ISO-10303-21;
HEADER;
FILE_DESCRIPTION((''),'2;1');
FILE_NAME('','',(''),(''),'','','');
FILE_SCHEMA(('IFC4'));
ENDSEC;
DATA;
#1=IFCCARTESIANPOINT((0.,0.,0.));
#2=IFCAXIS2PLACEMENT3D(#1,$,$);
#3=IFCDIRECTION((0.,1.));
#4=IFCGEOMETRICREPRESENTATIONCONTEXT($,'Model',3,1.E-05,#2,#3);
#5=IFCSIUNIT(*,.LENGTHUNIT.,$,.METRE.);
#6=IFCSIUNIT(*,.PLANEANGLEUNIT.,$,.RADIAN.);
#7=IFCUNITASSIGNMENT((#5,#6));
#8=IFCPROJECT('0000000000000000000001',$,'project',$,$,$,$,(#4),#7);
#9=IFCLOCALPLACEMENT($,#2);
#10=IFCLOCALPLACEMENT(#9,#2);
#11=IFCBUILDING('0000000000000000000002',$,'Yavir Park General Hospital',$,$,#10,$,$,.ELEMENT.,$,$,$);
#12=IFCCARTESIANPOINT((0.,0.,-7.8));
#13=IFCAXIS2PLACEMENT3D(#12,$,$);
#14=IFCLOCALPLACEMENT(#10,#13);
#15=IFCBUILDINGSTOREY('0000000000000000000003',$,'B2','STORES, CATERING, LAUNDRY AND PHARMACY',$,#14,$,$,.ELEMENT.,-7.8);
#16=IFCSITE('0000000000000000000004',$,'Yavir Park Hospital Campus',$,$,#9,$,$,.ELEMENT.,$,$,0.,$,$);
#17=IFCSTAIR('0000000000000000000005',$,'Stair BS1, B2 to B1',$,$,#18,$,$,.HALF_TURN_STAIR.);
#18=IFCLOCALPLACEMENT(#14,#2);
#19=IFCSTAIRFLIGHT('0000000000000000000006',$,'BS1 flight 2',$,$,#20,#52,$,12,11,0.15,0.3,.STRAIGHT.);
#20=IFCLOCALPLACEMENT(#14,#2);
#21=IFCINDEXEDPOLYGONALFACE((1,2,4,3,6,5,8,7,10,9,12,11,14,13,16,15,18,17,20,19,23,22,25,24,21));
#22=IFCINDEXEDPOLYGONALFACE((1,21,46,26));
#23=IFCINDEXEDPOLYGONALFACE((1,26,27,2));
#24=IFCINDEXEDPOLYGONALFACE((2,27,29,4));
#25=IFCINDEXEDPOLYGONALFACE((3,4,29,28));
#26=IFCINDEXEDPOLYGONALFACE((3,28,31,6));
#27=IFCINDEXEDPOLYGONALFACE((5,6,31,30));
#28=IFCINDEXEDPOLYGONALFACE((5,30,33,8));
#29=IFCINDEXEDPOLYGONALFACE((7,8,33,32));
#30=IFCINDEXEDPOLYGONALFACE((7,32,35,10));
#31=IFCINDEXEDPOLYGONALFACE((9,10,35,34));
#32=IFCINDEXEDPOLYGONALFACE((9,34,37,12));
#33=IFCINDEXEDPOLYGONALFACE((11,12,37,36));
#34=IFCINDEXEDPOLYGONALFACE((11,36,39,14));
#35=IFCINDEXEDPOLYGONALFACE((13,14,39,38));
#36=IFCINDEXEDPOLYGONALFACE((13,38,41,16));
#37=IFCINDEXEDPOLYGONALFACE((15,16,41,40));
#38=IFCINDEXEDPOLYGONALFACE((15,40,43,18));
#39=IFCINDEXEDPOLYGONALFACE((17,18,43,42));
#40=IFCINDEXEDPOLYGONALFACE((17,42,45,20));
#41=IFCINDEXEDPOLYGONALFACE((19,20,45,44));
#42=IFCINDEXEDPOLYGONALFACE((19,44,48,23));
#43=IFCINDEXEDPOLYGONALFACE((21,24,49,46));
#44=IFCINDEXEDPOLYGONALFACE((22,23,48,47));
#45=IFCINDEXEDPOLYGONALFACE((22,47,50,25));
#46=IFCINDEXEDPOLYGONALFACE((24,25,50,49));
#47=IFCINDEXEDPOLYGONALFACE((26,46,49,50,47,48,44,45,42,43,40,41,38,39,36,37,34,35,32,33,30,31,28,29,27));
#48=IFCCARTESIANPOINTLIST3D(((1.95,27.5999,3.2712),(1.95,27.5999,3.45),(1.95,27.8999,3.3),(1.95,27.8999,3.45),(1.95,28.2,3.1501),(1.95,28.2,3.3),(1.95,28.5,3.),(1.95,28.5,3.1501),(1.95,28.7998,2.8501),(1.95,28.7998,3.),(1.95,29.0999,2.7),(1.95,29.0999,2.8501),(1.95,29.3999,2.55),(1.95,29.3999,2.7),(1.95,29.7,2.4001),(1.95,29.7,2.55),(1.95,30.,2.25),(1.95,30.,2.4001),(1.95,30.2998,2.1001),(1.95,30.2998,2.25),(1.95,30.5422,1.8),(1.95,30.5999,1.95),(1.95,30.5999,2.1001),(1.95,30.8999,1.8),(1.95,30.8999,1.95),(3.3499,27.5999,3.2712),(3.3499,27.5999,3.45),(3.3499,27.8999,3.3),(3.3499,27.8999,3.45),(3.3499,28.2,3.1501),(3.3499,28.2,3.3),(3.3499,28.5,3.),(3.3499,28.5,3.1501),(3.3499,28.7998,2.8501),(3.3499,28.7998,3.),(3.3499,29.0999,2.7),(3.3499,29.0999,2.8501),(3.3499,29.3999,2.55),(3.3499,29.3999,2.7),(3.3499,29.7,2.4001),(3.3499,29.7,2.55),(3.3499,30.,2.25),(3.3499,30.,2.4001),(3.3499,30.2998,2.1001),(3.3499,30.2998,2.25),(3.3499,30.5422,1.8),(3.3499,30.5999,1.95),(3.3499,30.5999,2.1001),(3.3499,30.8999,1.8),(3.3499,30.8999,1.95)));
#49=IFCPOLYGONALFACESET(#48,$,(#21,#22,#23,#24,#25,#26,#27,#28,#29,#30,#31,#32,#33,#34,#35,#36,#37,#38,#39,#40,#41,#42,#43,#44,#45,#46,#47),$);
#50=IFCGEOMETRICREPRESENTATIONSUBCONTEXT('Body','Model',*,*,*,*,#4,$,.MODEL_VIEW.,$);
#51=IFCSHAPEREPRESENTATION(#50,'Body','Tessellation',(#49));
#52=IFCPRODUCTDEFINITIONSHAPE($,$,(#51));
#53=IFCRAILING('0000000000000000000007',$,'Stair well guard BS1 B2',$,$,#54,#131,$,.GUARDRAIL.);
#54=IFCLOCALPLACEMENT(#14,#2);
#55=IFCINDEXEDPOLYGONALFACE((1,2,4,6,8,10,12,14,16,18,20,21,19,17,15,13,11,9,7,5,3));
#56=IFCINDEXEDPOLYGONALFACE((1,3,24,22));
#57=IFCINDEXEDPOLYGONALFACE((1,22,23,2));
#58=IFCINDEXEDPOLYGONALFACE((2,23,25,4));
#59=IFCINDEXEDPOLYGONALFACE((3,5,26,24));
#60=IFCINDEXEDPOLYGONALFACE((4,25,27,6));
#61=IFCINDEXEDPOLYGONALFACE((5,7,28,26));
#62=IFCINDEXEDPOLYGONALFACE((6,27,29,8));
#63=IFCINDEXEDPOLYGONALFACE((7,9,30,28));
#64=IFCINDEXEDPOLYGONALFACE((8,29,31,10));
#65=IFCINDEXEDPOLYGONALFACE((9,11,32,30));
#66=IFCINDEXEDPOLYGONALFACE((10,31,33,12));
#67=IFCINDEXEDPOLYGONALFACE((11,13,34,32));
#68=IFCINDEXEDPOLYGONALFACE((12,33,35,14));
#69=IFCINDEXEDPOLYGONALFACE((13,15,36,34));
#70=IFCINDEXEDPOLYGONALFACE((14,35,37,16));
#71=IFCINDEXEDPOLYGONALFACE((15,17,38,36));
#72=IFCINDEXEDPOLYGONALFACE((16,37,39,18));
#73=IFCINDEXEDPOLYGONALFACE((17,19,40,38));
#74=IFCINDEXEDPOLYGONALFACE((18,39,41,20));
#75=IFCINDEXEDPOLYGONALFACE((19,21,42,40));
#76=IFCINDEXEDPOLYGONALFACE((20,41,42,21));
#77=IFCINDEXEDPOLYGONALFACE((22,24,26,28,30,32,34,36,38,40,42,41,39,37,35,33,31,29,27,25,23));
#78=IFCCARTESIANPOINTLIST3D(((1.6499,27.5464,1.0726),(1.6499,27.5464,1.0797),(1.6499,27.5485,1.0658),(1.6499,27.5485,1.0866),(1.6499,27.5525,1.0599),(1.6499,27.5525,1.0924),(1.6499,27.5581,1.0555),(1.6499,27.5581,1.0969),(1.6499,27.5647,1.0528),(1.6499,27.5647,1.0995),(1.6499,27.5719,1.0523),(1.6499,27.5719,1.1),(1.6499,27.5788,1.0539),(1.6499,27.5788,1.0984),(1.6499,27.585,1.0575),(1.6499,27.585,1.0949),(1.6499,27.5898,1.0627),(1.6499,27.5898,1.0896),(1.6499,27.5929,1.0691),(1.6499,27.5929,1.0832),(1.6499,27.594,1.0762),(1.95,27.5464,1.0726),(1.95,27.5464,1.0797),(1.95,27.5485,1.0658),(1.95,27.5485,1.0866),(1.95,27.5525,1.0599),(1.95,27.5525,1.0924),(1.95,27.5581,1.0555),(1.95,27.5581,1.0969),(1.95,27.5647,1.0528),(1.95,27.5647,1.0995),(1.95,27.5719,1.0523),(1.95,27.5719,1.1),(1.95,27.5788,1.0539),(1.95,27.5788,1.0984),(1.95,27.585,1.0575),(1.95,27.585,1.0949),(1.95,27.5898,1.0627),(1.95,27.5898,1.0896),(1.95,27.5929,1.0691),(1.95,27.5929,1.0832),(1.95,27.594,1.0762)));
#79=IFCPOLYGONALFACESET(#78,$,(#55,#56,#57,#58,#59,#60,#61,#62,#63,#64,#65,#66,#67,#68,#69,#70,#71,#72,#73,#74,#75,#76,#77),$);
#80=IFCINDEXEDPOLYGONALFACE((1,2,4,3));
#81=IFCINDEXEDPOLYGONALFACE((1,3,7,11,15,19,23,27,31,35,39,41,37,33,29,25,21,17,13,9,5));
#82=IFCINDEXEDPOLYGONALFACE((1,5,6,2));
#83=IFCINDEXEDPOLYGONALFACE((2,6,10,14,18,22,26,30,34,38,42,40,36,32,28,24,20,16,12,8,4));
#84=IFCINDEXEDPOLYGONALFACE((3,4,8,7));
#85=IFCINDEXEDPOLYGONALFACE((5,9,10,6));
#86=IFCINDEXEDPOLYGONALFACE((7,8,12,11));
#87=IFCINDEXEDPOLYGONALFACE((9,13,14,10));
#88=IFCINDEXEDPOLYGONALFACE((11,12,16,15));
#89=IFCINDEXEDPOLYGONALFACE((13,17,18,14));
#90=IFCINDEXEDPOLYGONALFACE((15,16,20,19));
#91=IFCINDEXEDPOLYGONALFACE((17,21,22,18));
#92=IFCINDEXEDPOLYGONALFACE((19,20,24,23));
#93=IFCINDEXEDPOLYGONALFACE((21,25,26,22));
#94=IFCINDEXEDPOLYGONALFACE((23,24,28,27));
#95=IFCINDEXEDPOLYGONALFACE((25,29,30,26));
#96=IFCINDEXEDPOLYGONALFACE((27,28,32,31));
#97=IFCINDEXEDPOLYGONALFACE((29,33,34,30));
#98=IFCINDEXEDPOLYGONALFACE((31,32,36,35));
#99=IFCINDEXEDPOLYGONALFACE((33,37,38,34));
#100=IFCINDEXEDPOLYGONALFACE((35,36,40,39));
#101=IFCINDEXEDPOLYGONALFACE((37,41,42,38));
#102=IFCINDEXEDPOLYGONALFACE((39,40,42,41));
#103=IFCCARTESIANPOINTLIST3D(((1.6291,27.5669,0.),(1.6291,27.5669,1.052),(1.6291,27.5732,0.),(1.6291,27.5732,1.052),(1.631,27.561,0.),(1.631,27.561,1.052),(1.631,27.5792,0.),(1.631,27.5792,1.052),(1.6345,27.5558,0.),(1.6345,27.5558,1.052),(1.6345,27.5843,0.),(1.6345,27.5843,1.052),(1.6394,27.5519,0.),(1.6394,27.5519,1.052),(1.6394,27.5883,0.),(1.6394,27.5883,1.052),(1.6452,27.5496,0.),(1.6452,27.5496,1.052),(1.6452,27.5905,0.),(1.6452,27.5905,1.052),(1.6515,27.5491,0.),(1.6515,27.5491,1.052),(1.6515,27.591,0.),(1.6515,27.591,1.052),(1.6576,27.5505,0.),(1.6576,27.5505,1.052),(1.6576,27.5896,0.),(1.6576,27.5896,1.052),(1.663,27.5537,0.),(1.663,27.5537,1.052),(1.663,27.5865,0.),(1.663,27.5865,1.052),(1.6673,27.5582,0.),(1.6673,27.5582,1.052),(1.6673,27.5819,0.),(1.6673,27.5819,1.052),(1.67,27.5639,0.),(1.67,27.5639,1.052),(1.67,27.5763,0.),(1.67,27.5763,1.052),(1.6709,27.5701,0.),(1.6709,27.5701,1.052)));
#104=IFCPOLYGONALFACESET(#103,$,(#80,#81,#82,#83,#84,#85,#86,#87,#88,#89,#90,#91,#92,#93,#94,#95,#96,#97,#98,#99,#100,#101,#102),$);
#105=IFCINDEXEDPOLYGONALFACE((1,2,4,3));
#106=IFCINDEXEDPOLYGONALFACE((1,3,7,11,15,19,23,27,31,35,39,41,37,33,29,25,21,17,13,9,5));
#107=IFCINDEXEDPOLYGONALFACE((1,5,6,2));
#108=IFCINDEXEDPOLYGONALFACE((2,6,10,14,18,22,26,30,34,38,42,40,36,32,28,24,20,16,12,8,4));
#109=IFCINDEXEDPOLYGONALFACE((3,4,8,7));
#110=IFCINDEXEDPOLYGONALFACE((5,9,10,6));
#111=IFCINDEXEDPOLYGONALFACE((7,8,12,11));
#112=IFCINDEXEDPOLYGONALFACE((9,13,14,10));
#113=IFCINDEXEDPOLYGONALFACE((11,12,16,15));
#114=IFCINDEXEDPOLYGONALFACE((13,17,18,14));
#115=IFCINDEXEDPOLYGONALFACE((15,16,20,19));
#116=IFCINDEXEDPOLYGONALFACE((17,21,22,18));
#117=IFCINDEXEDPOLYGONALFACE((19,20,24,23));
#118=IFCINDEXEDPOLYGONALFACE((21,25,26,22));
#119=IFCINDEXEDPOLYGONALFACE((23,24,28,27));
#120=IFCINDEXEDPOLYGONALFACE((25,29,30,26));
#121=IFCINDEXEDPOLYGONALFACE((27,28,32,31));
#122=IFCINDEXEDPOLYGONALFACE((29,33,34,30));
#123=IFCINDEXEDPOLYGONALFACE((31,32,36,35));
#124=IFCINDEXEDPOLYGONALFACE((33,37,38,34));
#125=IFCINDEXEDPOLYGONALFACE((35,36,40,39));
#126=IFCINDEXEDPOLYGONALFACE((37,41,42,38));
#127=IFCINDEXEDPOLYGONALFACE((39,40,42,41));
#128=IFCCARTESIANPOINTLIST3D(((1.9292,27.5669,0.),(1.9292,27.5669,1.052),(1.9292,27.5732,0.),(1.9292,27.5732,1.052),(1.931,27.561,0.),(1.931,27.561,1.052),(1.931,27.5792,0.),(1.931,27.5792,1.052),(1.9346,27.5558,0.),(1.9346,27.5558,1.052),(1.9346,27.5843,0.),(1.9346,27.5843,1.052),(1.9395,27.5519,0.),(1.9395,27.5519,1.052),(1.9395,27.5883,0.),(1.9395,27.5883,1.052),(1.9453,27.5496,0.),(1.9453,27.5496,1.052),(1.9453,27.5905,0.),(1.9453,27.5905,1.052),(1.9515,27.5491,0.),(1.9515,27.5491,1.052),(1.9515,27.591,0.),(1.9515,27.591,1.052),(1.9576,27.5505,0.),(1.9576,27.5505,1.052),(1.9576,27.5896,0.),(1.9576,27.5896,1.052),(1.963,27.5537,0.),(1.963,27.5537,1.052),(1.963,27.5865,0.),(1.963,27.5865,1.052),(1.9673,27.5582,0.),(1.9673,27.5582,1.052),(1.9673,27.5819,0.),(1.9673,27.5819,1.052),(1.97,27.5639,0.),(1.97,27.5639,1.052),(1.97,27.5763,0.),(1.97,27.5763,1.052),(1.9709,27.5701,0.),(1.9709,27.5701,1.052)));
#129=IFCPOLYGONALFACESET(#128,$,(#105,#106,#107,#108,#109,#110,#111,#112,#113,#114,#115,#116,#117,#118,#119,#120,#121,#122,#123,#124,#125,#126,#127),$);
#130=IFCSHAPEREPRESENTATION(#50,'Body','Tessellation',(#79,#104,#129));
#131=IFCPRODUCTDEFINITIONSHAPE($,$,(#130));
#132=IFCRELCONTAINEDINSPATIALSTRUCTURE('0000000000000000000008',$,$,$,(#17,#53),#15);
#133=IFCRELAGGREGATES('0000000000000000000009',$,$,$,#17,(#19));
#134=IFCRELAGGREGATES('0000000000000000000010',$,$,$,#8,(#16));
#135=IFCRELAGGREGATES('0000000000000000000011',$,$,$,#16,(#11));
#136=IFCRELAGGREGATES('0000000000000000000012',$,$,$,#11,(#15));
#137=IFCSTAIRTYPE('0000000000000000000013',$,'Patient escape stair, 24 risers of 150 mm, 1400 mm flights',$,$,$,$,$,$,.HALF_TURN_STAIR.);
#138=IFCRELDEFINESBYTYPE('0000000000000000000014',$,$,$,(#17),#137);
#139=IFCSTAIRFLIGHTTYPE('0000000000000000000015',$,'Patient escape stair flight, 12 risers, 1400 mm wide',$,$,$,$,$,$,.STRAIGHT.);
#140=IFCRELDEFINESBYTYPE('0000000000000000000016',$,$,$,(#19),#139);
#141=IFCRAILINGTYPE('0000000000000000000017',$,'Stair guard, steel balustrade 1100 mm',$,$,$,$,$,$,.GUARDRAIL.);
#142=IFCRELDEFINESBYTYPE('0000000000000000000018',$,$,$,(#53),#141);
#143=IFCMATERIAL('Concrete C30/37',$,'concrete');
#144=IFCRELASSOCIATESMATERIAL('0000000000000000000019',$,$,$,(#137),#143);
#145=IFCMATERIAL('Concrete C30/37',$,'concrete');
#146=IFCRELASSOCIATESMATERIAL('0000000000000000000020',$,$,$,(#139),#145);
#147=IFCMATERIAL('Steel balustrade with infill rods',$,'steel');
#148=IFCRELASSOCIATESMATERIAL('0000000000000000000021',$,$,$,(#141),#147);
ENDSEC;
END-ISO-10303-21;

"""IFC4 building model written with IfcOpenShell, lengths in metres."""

from ifc_helpers import new_model, si_unit, direction, frame, origin, origin_2d, place, context, subcontext, project, spatial, polyline, circle, outline, extrude, material, type_object, element, aggregate, save


model = new_model("IFC4")

# Units and contexts
model_context = context("Model", 3, precision=1e-05, world=origin(), true_north=direction((0.0, 1.0)))
body_context = subcontext(model_context, "Body", "Model", "MODEL_VIEW")
ifc_project = project(units=[si_unit("LENGTHUNIT", "METRE"), si_unit("PLANEANGLEUNIT", "RADIAN")], contexts=[model_context])

# Site, building, storey
site_placement = place(None, origin())
site = spatial("IfcSite", under=ifc_project, at=site_placement, Name="Yavir Park Hospital Campus", CompositionType="ELEMENT", RefElevation=0.0)
building_placement = place(site_placement, origin())
building = spatial("IfcBuilding", under=site, at=building_placement, Name="Yavir Park General Hospital", CompositionType="ELEMENT")
storey_placement = place(building_placement, frame((0.0, 0.0, -7.8)))
storey = spatial("IfcBuildingStorey", under=building, at=storey_placement, Name="B2", Description="STORES, CATERING, LAUNDRY AND PHARMACY", CompositionType="ELEMENT", Elevation=-7.8)

# Stair, stair flight
ifc_material_1 = material(Name="Concrete C30/37", Category="concrete")
stair_type = type_object("IfcStairType", Name="Patient escape stair, 24 risers of 150 mm, 1400 mm flights", PredefinedType="HALF_TURN_STAIR", material=ifc_material_1)
stair_placement = place(storey_placement, origin())
stair = element("IfcStair", 1, at=stair_placement, inside=storey, type_object=stair_type, Name="Stair BS1, B2 to B1", PredefinedType="HALF_TURN_STAIR")
ifc_material_2 = material(Name="Concrete C30/37", Category="concrete")
stair_flight_type = type_object("IfcStairFlightType", Name="Patient escape stair flight, 12 risers, 1400 mm wide", PredefinedType="STRAIGHT", material=ifc_material_2)
stair_flight_1_placement = place(storey_placement, frame((2.6499, 30.8999, 1.8), z_axis=(0.0, 0.0, 1.0), x_axis=(0.0, -1.0, 0.0)))
stair_flight_1 = element("IfcStairFlight", 2, at=stair_flight_1_placement, type_object=stair_flight_type, Name="BS1 flight 2", NumberOfRisers=12, NumberOfTreads=11, PredefinedType="STRAIGHT", RiserHeight=0.15, TreadLength=0.3, context=body_context, shape_type="SweptSolid", body=[
    extrude(outline(polyline([(0.0, 0.0), (0.0, 0.1499), (0.3, 0.1499), (0.3, 0.3), (0.6001, 0.3), (0.6001, 0.45), (0.8999, 0.45), (0.8999, 0.6001), (1.2, 0.6001), (1.2, 0.75), (1.5, 0.75), (1.5, 0.8999), (1.8, 0.8999), (1.8, 1.05), (2.1001, 1.05), (2.1001, 1.2), (2.3999, 1.2), (2.3999, 1.3501), (2.7, 1.3501), (2.7, 1.5), (3.0, 1.5), (3.0, 1.6499), (3.3, 1.6499), (3.3, 1.8), (3.3, 1.4712), (0.3577, 0.0), (0.0, 0.0)])), frame((0.0, 0.7, 0.0), z_axis=(0.0, -1.0, 0.0), x_axis=(1.0, 0.0, 0.0)), (0.0, 0.0, 1.0), 1.3999),
])
aggregate(stair, [stair_flight_1])

# Railing
ifc_material_3 = material(Name="Steel balustrade with infill rods", Category="steel")
railing_type_1 = type_object("IfcRailingType", Name="Stair guard, steel balustrade 1100 mm", PredefinedType="GUARDRAIL", material=ifc_material_3)
railing_placement = place(storey_placement, frame((1.6499, 27.5701, 0.0)))
element("IfcRailing", 3, at=railing_placement, inside=storey, type_object=railing_type_1, Name="Stair well guard BS1 B2", PredefinedType="GUARDRAIL", context=body_context, shape_type="SweptSolid", body=[
    extrude(circle(Radius=0.0239, at=origin_2d()), frame((0.0, 0.0, 1.0762), z_axis=(1.0, 0.0, 0.0), x_axis=(0.0, 1.0, 0.0)), (0.0, 0.0, 1.0), 0.3),
    extrude(circle(Radius=0.021, at=origin_2d()), origin(), (0.0, 0.0, 1.0), 1.052),
    extrude(circle(Radius=0.021, at=origin_2d()), frame((0.3, 0.0, 0.0)), (0.0, 0.0, 1.0), 1.052),
])

save(model, "model.ifc")
